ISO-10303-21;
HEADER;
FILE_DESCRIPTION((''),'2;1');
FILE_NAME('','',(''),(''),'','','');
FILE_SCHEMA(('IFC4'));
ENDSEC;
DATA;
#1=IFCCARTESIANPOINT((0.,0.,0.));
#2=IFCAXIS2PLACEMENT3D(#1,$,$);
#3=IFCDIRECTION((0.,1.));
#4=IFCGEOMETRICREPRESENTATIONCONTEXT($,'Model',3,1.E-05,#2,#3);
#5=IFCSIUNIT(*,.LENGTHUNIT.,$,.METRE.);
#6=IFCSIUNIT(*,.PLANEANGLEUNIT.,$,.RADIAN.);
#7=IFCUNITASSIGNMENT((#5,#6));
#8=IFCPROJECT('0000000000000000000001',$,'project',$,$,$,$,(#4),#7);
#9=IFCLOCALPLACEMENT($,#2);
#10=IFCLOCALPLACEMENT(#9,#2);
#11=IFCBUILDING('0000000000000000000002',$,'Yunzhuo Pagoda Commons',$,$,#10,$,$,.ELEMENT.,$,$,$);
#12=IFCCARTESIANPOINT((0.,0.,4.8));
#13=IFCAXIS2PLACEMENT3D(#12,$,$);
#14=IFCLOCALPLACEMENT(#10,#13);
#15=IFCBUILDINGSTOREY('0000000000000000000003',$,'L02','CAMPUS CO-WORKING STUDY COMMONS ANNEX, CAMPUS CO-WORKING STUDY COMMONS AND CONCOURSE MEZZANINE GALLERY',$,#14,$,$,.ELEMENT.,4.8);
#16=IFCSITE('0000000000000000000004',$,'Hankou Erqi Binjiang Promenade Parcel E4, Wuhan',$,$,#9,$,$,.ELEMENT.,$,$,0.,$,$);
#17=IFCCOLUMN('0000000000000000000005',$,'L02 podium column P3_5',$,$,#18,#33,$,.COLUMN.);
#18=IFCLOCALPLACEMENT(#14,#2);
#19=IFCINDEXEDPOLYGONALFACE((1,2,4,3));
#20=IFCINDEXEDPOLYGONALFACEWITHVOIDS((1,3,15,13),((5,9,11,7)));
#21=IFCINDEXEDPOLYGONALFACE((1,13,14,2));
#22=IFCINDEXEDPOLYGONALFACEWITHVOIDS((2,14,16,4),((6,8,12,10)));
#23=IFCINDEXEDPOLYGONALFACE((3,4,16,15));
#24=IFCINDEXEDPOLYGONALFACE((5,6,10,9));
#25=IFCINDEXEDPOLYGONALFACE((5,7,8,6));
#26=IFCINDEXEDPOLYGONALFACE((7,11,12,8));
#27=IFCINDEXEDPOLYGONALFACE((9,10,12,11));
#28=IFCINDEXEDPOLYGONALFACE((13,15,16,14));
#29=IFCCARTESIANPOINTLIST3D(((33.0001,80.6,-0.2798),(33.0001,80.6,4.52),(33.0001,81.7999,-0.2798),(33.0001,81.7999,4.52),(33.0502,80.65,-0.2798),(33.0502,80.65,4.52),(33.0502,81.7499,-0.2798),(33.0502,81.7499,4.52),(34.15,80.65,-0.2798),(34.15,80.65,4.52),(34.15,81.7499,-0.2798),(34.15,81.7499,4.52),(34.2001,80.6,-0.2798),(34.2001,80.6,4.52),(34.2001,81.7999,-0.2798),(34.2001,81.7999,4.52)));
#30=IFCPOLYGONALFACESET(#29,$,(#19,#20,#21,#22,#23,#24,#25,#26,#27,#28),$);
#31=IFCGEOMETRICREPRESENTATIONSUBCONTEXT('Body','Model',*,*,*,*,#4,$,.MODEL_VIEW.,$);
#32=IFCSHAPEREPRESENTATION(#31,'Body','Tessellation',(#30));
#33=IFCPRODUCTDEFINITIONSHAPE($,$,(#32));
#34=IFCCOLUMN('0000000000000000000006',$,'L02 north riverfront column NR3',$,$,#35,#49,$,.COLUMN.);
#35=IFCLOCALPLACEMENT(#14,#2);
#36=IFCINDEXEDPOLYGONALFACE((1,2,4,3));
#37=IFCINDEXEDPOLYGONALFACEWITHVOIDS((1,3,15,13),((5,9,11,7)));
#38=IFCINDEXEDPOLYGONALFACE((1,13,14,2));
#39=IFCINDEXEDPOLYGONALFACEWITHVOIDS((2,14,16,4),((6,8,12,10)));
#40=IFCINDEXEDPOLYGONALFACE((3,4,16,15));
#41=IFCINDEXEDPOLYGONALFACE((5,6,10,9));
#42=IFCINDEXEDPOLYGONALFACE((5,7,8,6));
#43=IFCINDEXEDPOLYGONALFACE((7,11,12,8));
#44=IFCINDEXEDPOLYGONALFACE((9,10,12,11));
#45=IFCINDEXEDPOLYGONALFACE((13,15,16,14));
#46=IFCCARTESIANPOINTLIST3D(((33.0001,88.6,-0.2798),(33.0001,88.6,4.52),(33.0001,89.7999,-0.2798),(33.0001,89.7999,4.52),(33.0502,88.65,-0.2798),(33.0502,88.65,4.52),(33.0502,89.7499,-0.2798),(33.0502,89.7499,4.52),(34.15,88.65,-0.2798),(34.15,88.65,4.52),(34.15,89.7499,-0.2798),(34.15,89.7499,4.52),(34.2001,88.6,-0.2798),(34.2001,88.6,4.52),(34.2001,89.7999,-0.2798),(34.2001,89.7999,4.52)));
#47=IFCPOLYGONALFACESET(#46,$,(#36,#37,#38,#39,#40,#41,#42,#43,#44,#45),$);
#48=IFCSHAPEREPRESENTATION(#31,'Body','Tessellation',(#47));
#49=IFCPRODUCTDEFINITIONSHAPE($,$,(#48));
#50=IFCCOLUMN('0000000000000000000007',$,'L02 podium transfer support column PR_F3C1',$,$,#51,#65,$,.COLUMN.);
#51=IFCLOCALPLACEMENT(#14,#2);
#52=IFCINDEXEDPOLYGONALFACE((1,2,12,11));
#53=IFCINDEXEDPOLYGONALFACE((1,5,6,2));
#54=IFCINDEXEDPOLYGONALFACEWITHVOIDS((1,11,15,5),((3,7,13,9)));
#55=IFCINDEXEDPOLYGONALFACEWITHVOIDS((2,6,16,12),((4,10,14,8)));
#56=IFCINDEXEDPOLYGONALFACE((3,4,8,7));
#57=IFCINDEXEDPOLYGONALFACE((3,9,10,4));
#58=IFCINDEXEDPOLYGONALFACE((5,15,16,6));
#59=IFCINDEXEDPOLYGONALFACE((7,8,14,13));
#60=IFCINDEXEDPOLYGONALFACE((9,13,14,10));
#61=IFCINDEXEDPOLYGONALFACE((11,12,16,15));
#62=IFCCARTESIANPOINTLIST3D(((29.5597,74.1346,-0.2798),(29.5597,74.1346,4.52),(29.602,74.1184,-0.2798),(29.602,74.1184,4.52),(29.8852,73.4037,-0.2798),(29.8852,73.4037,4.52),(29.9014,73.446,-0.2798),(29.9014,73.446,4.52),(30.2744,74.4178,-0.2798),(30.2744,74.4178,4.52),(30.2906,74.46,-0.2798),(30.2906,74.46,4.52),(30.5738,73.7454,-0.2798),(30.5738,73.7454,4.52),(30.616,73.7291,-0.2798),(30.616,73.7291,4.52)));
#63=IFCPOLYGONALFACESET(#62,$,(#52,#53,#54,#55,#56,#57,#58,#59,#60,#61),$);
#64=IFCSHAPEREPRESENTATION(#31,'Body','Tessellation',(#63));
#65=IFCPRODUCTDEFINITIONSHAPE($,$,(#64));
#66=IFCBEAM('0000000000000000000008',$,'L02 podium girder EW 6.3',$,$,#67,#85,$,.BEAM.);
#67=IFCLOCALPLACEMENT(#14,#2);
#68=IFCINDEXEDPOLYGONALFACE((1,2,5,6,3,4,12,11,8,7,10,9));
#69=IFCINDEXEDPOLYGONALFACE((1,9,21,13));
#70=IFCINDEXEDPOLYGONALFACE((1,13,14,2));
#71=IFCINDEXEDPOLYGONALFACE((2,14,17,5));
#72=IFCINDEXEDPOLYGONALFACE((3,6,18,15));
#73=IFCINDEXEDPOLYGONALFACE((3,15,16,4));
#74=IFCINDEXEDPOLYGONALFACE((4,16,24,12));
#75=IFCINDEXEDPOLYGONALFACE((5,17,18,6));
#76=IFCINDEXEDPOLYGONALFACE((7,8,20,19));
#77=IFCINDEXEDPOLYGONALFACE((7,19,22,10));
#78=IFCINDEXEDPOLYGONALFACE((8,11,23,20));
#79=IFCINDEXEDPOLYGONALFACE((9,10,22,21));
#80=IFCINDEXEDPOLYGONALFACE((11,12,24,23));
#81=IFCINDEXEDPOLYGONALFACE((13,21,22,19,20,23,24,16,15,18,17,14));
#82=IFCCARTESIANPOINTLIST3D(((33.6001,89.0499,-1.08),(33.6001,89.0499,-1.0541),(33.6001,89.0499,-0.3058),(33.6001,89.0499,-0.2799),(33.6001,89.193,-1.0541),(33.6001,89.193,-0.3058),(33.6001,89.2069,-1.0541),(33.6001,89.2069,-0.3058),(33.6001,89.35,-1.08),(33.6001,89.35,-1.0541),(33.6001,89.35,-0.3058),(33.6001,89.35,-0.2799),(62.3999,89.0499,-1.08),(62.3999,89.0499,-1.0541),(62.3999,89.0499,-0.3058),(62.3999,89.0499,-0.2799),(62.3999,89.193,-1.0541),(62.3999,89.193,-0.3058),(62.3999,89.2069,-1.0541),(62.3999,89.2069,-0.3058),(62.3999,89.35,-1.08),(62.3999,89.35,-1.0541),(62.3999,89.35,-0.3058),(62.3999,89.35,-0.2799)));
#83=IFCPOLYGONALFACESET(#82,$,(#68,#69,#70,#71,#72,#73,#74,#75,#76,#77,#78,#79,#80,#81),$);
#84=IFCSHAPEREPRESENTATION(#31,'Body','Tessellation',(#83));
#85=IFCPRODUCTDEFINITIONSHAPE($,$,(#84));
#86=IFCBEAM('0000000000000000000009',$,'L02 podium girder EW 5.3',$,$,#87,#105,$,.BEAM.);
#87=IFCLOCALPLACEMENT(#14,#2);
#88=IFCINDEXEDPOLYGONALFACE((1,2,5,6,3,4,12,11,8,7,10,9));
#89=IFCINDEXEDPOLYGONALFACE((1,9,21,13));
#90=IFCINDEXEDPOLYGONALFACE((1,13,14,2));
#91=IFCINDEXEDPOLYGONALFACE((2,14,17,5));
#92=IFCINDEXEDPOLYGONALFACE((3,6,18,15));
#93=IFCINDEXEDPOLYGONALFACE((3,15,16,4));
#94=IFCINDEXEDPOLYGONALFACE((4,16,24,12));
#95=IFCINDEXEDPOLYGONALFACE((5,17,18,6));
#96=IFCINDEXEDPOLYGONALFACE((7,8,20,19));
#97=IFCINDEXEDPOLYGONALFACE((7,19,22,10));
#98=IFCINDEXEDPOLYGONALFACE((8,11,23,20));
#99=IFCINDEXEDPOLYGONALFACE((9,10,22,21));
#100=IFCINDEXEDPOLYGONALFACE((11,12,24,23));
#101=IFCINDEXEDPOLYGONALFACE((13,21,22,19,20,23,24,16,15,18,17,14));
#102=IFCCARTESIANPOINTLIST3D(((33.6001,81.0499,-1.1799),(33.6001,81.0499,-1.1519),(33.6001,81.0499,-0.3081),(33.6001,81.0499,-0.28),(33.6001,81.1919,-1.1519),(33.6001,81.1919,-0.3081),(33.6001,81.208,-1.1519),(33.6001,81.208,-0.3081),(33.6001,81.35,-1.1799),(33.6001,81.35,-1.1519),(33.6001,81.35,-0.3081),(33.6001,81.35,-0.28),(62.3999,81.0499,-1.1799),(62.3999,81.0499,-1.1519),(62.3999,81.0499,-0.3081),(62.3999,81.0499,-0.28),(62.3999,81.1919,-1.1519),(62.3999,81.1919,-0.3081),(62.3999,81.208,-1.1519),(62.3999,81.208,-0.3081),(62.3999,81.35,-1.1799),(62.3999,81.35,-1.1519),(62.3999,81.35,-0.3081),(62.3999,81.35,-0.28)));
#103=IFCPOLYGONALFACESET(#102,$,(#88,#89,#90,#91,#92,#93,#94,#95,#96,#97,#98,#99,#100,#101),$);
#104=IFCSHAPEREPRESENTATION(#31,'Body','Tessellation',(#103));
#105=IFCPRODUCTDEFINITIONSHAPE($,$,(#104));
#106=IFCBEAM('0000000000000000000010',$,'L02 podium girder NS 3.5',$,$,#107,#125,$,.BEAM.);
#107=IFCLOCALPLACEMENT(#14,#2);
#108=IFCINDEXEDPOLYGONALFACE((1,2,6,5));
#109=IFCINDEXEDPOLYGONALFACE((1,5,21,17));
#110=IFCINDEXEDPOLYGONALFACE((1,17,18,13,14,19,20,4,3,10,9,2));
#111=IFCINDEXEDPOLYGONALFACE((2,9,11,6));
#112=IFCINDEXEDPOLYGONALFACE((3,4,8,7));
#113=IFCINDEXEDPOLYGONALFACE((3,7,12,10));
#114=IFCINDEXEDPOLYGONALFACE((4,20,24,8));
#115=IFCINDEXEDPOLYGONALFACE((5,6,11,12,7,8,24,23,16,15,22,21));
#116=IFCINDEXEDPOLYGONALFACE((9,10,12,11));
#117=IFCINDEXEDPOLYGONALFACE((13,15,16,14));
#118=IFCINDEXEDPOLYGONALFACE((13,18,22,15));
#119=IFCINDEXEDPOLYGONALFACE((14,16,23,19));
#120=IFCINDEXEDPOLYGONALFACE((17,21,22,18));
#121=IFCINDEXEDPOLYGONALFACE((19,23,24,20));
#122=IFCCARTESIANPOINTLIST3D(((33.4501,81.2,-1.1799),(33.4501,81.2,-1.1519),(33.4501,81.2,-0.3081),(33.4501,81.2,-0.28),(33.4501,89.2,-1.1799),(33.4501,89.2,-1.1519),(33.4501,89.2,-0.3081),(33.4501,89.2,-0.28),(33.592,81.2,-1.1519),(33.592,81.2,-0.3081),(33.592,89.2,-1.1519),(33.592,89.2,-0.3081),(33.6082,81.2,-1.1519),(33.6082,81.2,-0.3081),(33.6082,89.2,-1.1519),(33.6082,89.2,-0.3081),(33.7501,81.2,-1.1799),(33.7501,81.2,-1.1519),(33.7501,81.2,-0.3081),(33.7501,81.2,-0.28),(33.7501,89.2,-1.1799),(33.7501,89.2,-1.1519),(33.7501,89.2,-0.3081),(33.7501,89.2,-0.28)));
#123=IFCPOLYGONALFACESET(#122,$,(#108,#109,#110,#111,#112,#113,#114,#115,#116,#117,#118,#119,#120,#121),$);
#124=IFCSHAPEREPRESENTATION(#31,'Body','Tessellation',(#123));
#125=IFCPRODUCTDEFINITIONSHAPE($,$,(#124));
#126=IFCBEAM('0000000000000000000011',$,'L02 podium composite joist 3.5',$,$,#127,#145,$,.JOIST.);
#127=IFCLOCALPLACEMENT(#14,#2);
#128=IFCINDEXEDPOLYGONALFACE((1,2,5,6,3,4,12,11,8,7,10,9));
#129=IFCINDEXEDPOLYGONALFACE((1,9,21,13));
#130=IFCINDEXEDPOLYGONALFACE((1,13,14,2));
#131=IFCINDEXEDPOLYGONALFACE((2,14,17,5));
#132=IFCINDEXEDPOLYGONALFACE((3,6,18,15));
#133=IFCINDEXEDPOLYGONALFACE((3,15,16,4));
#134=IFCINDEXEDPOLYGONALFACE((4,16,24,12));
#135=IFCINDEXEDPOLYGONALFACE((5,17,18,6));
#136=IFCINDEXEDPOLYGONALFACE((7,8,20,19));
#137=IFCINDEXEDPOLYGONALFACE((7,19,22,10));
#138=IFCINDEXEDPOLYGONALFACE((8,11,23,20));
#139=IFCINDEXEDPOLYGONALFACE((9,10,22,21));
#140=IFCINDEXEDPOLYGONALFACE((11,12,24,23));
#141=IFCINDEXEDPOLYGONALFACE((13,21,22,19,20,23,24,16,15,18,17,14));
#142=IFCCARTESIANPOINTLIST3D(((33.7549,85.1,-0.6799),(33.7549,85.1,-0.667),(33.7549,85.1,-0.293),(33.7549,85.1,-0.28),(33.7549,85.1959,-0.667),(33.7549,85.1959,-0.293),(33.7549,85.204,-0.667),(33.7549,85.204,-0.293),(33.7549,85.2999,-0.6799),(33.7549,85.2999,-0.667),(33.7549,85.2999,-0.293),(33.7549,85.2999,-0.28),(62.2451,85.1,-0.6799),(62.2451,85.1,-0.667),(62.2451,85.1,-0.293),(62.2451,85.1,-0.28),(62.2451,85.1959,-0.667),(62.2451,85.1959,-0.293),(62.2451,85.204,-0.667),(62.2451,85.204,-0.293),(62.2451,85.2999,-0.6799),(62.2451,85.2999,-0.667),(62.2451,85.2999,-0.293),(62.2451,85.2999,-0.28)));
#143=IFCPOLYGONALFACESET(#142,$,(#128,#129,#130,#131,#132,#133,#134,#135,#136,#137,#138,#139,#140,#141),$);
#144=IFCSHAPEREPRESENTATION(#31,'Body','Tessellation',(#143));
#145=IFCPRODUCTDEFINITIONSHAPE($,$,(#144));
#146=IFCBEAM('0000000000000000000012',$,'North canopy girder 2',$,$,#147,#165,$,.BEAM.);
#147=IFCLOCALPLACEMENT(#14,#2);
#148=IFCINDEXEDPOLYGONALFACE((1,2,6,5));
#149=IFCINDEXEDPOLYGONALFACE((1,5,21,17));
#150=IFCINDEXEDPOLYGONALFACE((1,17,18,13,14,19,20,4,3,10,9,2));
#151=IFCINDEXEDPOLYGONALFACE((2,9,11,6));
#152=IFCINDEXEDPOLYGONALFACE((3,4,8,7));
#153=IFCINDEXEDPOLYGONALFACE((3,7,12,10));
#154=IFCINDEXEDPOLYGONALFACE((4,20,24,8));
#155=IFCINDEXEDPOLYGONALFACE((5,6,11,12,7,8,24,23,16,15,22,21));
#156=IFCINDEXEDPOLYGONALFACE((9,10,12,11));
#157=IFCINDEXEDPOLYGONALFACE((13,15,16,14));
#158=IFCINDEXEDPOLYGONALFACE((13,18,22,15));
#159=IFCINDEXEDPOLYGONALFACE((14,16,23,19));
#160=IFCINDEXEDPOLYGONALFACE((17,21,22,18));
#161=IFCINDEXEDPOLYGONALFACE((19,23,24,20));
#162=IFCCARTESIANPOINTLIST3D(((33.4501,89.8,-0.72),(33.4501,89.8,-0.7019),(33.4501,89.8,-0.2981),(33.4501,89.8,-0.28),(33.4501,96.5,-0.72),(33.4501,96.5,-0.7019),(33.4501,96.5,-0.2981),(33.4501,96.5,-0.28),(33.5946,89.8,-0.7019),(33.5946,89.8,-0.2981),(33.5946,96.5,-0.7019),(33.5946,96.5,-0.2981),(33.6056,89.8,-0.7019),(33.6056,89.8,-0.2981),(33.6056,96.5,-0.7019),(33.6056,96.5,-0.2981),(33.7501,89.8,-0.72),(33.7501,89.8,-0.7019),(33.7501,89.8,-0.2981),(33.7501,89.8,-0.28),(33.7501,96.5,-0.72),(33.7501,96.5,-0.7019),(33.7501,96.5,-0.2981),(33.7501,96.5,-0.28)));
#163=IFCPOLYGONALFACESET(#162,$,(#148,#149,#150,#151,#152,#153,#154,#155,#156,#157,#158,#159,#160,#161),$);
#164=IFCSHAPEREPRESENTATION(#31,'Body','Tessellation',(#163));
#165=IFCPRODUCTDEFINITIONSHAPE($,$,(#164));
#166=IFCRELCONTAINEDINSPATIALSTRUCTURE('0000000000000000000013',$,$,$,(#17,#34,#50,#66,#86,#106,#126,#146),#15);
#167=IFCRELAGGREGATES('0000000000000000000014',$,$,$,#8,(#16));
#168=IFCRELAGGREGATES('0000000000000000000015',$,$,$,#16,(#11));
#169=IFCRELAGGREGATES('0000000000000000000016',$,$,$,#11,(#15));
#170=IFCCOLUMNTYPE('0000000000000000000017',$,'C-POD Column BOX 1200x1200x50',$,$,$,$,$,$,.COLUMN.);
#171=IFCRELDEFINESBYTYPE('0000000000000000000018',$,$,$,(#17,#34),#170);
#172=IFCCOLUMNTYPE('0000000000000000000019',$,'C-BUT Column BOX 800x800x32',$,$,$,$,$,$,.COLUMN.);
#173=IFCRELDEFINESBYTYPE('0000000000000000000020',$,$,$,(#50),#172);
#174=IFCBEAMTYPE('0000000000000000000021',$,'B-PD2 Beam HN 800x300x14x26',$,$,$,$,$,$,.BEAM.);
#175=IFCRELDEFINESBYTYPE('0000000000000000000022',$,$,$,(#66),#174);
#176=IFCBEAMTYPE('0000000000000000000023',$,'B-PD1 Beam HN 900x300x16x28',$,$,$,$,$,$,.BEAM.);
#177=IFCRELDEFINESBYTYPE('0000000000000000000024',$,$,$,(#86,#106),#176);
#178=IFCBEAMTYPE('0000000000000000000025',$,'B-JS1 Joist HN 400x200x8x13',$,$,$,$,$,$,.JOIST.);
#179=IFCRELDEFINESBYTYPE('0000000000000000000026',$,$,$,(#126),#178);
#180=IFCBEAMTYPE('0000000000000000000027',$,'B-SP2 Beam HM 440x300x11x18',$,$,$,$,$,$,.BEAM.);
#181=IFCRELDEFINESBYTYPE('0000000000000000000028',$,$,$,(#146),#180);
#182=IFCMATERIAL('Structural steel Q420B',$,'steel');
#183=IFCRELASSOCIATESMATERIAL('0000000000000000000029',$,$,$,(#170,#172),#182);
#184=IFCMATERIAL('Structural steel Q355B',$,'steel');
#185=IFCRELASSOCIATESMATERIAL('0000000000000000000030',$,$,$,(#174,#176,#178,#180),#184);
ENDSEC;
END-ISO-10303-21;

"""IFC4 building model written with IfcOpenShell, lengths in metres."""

from ifc_helpers import new_model, si_unit, direction, frame, origin, origin_2d, place, context, subcontext, project, spatial, hollow_rectangle, i_section, extrude, source, transform, mapped, material, material_profile, profile_set, type_object, element, save


model = new_model("IFC4")

# Units and contexts
model_context = context("Model", 3, precision=1e-05, world=origin(), true_north=direction((0.0, 1.0)))
body_context = subcontext(model_context, "Body", "Model", "MODEL_VIEW")
ifc_project = project(units=[si_unit("LENGTHUNIT", "METRE"), si_unit("PLANEANGLEUNIT", "RADIAN")], contexts=[model_context])

# Site, building, storey
site_placement = place(None, origin())
site = spatial("IfcSite", under=ifc_project, at=site_placement, Name="Hankou Erqi Binjiang Promenade Parcel E4, Wuhan", CompositionType="ELEMENT", RefElevation=0.0)
building_placement = place(site_placement, origin())
building = spatial("IfcBuilding", under=site, at=building_placement, Name="Yunzhuo Pagoda Commons", CompositionType="ELEMENT")
storey_placement = place(building_placement, frame((0.0, 0.0, 4.8)))
storey = spatial("IfcBuildingStorey", under=building, at=storey_placement, Name="L02", Description="CAMPUS CO-WORKING STUDY COMMONS ANNEX, CAMPUS CO-WORKING STUDY COMMONS AND CONCOURSE MEZZANINE GALLERY", CompositionType="ELEMENT", Elevation=4.8)

# Columns
ifc_material_1 = material(Name="Structural steel Q420B", Category="steel")
ifc_material_profile_1 = material_profile(ifc_material_1, hollow_rectangle(XDim=1.2, YDim=1.2, WallThickness=0.05, at=origin_2d()), Name="Structural steel Q420B")
ifc_profile_set_1 = profile_set([ifc_material_profile_1], Name="Structural steel Q420B")
column_type_1 = type_object("IfcColumnType", Name="C-POD Column BOX 1200x1200x50", PredefinedType="COLUMN", material=ifc_profile_set_1)
shared_shape_1 = source(origin(), body_context, "Body", "SweptSolid", [
    extrude(hollow_rectangle(XDim=1.2, YDim=1.2, WallThickness=0.05, at=origin_2d()), origin(), (0.0, 0.0, 1.0), 4.7998),
])
for number, where, z_axis, x_axis, name in (
    (1, (33.6001, 81.2, -0.2798), (0.0, 0.0, 1.0), (1.0, 0.0, 0.0), "L02 podium column P3_5"),
    (2, (33.6001, 89.2, -0.2798), (0.0, 0.0, 1.0), (1.0, 0.0, 0.0), "L02 north riverfront column NR3"),
):
    element("IfcColumn", number, at=place(storey_placement, frame(where, z_axis=z_axis, x_axis=x_axis)), inside=storey, type_object=column_type_1, Name=name, PredefinedType="COLUMN", context=body_context, shape_type="MappedRepresentation", body=[
        mapped(shared_shape_1, transform((0.0, 0.0, 0.0), scale=1.0)),
    ])
ifc_material_profile_2 = material_profile(ifc_material_1, hollow_rectangle(XDim=0.8, YDim=0.8, WallThickness=0.032, at=origin_2d()), Name="Structural steel Q420B")
ifc_profile_set_2 = profile_set([ifc_material_profile_2], Name="Structural steel Q420B")
column_type_2 = type_object("IfcColumnType", Name="C-BUT Column BOX 800x800x32", PredefinedType="COLUMN", material=ifc_profile_set_2)
shared_shape_2 = source(origin(), body_context, "Body", "SweptSolid", [
    extrude(hollow_rectangle(XDim=0.8, YDim=0.8, WallThickness=0.032, at=origin_2d()), origin(), (0.0, 0.0, 1.0), 4.7998),
])
column_placement = place(storey_placement, frame((30.0879, 73.9319, -0.2798), z_axis=(0.0, 0.0, 1.0), x_axis=(-0.913545, -0.406737, 0.0)))
element("IfcColumn", 3, at=column_placement, inside=storey, type_object=column_type_2, Name="L02 podium transfer support column PR_F3C1", PredefinedType="COLUMN", context=body_context, shape_type="MappedRepresentation", body=[
    mapped(shared_shape_2, transform((0.0, 0.0, 0.0), scale=1.0)),
])

# Beams
ifc_material_2 = material(Name="Structural steel Q355B", Category="steel")
ifc_material_profile_3 = material_profile(ifc_material_2, i_section(OverallWidth=0.3, OverallDepth=0.8, WebThickness=0.0139, FlangeThickness=0.0259, at=origin_2d()), Name="Structural steel Q355B")
ifc_profile_set_3 = profile_set([ifc_material_profile_3], Name="Structural steel Q355B")
beam_type_1 = type_object("IfcBeamType", Name="B-PD2 Beam HN 800x300x14x26", PredefinedType="BEAM", material=ifc_profile_set_3)
shared_shape_3 = source(origin(), body_context, "Body", "SweptSolid", [
    extrude(i_section(OverallWidth=0.3, OverallDepth=0.8, WebThickness=0.0139, FlangeThickness=0.0259, at=origin_2d()), origin(), (0.0, 0.0, 1.0), 28.7998),
])
beam_1_placement = place(storey_placement, frame((33.6001, 89.2, -0.6799), z_axis=(1.0, 0.0, 0.0), x_axis=(0.0, 1.0, 0.0)))
element("IfcBeam", 4, at=beam_1_placement, inside=storey, type_object=beam_type_1, Name="L02 podium girder EW 6.3", PredefinedType="BEAM", context=body_context, shape_type="MappedRepresentation", body=[
    mapped(shared_shape_3, transform((0.0, 0.0, 0.0), scale=1.0)),
])
ifc_material_profile_4 = material_profile(ifc_material_2, i_section(OverallWidth=0.3, OverallDepth=0.8999, WebThickness=0.0161, FlangeThickness=0.0281, at=origin_2d()), Name="Structural steel Q355B")
ifc_profile_set_4 = profile_set([ifc_material_profile_4], Name="Structural steel Q355B")
beam_type_2 = type_object("IfcBeamType", Name="B-PD1 Beam HN 900x300x16x28", PredefinedType="BEAM", material=ifc_profile_set_4)
shared_shape_4 = source(origin(), body_context, "Body", "SweptSolid", [
    extrude(i_section(OverallWidth=0.3, OverallDepth=0.8999, WebThickness=0.0161, FlangeThickness=0.0281, at=origin_2d()), origin(), (0.0, 0.0, 1.0), 28.7998),
])
beam_2_placement = place(storey_placement, frame((33.6001, 81.2, -0.73), z_axis=(1.0, 0.0, 0.0), x_axis=(0.0, 1.0, 0.0)))
element("IfcBeam", 5, at=beam_2_placement, inside=storey, type_object=beam_type_2, Name="L02 podium girder EW 5.3", PredefinedType="BEAM", context=body_context, shape_type="MappedRepresentation", body=[
    mapped(shared_shape_4, transform((0.0, 0.0, 0.0), scale=1.0)),
])
shared_shape_5 = source(origin(), body_context, "Body", "SweptSolid", [
    extrude(i_section(OverallWidth=0.3, OverallDepth=0.8999, WebThickness=0.0161, FlangeThickness=0.0281, at=origin_2d()), origin(), (0.0, 0.0, 1.0), 8.0),
])
beam_3_placement = place(storey_placement, frame((33.6001, 81.2, -0.73), z_axis=(0.0, 1.0, 0.0), x_axis=(-1.0, 0.0, 0.0)))
element("IfcBeam", 6, at=beam_3_placement, inside=storey, type_object=beam_type_2, Name="L02 podium girder NS 3.5", PredefinedType="BEAM", context=body_context, shape_type="MappedRepresentation", body=[
    mapped(shared_shape_5, transform((0.0, 0.0, 0.0), scale=1.0)),
])
ifc_material_profile_5 = material_profile(ifc_material_2, i_section(OverallWidth=0.2, OverallDepth=0.3999, WebThickness=0.0081, FlangeThickness=0.0129, at=origin_2d()), Name="Structural steel Q355B")
ifc_profile_set_5 = profile_set([ifc_material_profile_5], Name="Structural steel Q355B")
beam_type_3 = type_object("IfcBeamType", Name="B-JS1 Joist HN 400x200x8x13", PredefinedType="JOIST", material=ifc_profile_set_5)
shared_shape_6 = source(origin(), body_context, "Body", "SweptSolid", [
    extrude(i_section(OverallWidth=0.2, OverallDepth=0.3999, WebThickness=0.0081, FlangeThickness=0.0129, at=origin_2d()), origin(), (0.0, 0.0, 1.0), 28.4902),
])
beam_4_placement = place(storey_placement, frame((33.7549, 85.2, -0.48), z_axis=(1.0, 0.0, 0.0), x_axis=(0.0, 1.0, 0.0)))
element("IfcBeam", 7, at=beam_4_placement, inside=storey, type_object=beam_type_3, Name="L02 podium composite joist 3.5", PredefinedType="JOIST", context=body_context, shape_type="MappedRepresentation", body=[
    mapped(shared_shape_6, transform((0.0, 0.0, 0.0), scale=1.0)),
])
ifc_material_profile_6 = material_profile(ifc_material_2, i_section(OverallWidth=0.3, OverallDepth=0.4399, WebThickness=0.011, FlangeThickness=0.0181, at=origin_2d()), Name="Structural steel Q355B")
ifc_profile_set_6 = profile_set([ifc_material_profile_6], Name="Structural steel Q355B")
beam_type_4 = type_object("IfcBeamType", Name="B-SP2 Beam HM 440x300x11x18", PredefinedType="BEAM", material=ifc_profile_set_6)
shared_shape_7 = source(origin(), body_context, "Body", "SweptSolid", [
    extrude(i_section(OverallWidth=0.3, OverallDepth=0.4399, WebThickness=0.011, FlangeThickness=0.0181, at=origin_2d()), origin(), (0.0, 0.0, 1.0), 6.7),
])
beam_5_placement = place(storey_placement, frame((33.6001, 89.8, -0.5), z_axis=(0.0, 1.0, 0.0), x_axis=(-1.0, 0.0, 0.0)))
element("IfcBeam", 8, at=beam_5_placement, inside=storey, type_object=beam_type_4, Name="North canopy girder 2", PredefinedType="BEAM", context=body_context, shape_type="MappedRepresentation", body=[
    mapped(shared_shape_7, transform((0.0, 0.0, 0.0), scale=1.0)),
])

save(model, "model.ifc")
